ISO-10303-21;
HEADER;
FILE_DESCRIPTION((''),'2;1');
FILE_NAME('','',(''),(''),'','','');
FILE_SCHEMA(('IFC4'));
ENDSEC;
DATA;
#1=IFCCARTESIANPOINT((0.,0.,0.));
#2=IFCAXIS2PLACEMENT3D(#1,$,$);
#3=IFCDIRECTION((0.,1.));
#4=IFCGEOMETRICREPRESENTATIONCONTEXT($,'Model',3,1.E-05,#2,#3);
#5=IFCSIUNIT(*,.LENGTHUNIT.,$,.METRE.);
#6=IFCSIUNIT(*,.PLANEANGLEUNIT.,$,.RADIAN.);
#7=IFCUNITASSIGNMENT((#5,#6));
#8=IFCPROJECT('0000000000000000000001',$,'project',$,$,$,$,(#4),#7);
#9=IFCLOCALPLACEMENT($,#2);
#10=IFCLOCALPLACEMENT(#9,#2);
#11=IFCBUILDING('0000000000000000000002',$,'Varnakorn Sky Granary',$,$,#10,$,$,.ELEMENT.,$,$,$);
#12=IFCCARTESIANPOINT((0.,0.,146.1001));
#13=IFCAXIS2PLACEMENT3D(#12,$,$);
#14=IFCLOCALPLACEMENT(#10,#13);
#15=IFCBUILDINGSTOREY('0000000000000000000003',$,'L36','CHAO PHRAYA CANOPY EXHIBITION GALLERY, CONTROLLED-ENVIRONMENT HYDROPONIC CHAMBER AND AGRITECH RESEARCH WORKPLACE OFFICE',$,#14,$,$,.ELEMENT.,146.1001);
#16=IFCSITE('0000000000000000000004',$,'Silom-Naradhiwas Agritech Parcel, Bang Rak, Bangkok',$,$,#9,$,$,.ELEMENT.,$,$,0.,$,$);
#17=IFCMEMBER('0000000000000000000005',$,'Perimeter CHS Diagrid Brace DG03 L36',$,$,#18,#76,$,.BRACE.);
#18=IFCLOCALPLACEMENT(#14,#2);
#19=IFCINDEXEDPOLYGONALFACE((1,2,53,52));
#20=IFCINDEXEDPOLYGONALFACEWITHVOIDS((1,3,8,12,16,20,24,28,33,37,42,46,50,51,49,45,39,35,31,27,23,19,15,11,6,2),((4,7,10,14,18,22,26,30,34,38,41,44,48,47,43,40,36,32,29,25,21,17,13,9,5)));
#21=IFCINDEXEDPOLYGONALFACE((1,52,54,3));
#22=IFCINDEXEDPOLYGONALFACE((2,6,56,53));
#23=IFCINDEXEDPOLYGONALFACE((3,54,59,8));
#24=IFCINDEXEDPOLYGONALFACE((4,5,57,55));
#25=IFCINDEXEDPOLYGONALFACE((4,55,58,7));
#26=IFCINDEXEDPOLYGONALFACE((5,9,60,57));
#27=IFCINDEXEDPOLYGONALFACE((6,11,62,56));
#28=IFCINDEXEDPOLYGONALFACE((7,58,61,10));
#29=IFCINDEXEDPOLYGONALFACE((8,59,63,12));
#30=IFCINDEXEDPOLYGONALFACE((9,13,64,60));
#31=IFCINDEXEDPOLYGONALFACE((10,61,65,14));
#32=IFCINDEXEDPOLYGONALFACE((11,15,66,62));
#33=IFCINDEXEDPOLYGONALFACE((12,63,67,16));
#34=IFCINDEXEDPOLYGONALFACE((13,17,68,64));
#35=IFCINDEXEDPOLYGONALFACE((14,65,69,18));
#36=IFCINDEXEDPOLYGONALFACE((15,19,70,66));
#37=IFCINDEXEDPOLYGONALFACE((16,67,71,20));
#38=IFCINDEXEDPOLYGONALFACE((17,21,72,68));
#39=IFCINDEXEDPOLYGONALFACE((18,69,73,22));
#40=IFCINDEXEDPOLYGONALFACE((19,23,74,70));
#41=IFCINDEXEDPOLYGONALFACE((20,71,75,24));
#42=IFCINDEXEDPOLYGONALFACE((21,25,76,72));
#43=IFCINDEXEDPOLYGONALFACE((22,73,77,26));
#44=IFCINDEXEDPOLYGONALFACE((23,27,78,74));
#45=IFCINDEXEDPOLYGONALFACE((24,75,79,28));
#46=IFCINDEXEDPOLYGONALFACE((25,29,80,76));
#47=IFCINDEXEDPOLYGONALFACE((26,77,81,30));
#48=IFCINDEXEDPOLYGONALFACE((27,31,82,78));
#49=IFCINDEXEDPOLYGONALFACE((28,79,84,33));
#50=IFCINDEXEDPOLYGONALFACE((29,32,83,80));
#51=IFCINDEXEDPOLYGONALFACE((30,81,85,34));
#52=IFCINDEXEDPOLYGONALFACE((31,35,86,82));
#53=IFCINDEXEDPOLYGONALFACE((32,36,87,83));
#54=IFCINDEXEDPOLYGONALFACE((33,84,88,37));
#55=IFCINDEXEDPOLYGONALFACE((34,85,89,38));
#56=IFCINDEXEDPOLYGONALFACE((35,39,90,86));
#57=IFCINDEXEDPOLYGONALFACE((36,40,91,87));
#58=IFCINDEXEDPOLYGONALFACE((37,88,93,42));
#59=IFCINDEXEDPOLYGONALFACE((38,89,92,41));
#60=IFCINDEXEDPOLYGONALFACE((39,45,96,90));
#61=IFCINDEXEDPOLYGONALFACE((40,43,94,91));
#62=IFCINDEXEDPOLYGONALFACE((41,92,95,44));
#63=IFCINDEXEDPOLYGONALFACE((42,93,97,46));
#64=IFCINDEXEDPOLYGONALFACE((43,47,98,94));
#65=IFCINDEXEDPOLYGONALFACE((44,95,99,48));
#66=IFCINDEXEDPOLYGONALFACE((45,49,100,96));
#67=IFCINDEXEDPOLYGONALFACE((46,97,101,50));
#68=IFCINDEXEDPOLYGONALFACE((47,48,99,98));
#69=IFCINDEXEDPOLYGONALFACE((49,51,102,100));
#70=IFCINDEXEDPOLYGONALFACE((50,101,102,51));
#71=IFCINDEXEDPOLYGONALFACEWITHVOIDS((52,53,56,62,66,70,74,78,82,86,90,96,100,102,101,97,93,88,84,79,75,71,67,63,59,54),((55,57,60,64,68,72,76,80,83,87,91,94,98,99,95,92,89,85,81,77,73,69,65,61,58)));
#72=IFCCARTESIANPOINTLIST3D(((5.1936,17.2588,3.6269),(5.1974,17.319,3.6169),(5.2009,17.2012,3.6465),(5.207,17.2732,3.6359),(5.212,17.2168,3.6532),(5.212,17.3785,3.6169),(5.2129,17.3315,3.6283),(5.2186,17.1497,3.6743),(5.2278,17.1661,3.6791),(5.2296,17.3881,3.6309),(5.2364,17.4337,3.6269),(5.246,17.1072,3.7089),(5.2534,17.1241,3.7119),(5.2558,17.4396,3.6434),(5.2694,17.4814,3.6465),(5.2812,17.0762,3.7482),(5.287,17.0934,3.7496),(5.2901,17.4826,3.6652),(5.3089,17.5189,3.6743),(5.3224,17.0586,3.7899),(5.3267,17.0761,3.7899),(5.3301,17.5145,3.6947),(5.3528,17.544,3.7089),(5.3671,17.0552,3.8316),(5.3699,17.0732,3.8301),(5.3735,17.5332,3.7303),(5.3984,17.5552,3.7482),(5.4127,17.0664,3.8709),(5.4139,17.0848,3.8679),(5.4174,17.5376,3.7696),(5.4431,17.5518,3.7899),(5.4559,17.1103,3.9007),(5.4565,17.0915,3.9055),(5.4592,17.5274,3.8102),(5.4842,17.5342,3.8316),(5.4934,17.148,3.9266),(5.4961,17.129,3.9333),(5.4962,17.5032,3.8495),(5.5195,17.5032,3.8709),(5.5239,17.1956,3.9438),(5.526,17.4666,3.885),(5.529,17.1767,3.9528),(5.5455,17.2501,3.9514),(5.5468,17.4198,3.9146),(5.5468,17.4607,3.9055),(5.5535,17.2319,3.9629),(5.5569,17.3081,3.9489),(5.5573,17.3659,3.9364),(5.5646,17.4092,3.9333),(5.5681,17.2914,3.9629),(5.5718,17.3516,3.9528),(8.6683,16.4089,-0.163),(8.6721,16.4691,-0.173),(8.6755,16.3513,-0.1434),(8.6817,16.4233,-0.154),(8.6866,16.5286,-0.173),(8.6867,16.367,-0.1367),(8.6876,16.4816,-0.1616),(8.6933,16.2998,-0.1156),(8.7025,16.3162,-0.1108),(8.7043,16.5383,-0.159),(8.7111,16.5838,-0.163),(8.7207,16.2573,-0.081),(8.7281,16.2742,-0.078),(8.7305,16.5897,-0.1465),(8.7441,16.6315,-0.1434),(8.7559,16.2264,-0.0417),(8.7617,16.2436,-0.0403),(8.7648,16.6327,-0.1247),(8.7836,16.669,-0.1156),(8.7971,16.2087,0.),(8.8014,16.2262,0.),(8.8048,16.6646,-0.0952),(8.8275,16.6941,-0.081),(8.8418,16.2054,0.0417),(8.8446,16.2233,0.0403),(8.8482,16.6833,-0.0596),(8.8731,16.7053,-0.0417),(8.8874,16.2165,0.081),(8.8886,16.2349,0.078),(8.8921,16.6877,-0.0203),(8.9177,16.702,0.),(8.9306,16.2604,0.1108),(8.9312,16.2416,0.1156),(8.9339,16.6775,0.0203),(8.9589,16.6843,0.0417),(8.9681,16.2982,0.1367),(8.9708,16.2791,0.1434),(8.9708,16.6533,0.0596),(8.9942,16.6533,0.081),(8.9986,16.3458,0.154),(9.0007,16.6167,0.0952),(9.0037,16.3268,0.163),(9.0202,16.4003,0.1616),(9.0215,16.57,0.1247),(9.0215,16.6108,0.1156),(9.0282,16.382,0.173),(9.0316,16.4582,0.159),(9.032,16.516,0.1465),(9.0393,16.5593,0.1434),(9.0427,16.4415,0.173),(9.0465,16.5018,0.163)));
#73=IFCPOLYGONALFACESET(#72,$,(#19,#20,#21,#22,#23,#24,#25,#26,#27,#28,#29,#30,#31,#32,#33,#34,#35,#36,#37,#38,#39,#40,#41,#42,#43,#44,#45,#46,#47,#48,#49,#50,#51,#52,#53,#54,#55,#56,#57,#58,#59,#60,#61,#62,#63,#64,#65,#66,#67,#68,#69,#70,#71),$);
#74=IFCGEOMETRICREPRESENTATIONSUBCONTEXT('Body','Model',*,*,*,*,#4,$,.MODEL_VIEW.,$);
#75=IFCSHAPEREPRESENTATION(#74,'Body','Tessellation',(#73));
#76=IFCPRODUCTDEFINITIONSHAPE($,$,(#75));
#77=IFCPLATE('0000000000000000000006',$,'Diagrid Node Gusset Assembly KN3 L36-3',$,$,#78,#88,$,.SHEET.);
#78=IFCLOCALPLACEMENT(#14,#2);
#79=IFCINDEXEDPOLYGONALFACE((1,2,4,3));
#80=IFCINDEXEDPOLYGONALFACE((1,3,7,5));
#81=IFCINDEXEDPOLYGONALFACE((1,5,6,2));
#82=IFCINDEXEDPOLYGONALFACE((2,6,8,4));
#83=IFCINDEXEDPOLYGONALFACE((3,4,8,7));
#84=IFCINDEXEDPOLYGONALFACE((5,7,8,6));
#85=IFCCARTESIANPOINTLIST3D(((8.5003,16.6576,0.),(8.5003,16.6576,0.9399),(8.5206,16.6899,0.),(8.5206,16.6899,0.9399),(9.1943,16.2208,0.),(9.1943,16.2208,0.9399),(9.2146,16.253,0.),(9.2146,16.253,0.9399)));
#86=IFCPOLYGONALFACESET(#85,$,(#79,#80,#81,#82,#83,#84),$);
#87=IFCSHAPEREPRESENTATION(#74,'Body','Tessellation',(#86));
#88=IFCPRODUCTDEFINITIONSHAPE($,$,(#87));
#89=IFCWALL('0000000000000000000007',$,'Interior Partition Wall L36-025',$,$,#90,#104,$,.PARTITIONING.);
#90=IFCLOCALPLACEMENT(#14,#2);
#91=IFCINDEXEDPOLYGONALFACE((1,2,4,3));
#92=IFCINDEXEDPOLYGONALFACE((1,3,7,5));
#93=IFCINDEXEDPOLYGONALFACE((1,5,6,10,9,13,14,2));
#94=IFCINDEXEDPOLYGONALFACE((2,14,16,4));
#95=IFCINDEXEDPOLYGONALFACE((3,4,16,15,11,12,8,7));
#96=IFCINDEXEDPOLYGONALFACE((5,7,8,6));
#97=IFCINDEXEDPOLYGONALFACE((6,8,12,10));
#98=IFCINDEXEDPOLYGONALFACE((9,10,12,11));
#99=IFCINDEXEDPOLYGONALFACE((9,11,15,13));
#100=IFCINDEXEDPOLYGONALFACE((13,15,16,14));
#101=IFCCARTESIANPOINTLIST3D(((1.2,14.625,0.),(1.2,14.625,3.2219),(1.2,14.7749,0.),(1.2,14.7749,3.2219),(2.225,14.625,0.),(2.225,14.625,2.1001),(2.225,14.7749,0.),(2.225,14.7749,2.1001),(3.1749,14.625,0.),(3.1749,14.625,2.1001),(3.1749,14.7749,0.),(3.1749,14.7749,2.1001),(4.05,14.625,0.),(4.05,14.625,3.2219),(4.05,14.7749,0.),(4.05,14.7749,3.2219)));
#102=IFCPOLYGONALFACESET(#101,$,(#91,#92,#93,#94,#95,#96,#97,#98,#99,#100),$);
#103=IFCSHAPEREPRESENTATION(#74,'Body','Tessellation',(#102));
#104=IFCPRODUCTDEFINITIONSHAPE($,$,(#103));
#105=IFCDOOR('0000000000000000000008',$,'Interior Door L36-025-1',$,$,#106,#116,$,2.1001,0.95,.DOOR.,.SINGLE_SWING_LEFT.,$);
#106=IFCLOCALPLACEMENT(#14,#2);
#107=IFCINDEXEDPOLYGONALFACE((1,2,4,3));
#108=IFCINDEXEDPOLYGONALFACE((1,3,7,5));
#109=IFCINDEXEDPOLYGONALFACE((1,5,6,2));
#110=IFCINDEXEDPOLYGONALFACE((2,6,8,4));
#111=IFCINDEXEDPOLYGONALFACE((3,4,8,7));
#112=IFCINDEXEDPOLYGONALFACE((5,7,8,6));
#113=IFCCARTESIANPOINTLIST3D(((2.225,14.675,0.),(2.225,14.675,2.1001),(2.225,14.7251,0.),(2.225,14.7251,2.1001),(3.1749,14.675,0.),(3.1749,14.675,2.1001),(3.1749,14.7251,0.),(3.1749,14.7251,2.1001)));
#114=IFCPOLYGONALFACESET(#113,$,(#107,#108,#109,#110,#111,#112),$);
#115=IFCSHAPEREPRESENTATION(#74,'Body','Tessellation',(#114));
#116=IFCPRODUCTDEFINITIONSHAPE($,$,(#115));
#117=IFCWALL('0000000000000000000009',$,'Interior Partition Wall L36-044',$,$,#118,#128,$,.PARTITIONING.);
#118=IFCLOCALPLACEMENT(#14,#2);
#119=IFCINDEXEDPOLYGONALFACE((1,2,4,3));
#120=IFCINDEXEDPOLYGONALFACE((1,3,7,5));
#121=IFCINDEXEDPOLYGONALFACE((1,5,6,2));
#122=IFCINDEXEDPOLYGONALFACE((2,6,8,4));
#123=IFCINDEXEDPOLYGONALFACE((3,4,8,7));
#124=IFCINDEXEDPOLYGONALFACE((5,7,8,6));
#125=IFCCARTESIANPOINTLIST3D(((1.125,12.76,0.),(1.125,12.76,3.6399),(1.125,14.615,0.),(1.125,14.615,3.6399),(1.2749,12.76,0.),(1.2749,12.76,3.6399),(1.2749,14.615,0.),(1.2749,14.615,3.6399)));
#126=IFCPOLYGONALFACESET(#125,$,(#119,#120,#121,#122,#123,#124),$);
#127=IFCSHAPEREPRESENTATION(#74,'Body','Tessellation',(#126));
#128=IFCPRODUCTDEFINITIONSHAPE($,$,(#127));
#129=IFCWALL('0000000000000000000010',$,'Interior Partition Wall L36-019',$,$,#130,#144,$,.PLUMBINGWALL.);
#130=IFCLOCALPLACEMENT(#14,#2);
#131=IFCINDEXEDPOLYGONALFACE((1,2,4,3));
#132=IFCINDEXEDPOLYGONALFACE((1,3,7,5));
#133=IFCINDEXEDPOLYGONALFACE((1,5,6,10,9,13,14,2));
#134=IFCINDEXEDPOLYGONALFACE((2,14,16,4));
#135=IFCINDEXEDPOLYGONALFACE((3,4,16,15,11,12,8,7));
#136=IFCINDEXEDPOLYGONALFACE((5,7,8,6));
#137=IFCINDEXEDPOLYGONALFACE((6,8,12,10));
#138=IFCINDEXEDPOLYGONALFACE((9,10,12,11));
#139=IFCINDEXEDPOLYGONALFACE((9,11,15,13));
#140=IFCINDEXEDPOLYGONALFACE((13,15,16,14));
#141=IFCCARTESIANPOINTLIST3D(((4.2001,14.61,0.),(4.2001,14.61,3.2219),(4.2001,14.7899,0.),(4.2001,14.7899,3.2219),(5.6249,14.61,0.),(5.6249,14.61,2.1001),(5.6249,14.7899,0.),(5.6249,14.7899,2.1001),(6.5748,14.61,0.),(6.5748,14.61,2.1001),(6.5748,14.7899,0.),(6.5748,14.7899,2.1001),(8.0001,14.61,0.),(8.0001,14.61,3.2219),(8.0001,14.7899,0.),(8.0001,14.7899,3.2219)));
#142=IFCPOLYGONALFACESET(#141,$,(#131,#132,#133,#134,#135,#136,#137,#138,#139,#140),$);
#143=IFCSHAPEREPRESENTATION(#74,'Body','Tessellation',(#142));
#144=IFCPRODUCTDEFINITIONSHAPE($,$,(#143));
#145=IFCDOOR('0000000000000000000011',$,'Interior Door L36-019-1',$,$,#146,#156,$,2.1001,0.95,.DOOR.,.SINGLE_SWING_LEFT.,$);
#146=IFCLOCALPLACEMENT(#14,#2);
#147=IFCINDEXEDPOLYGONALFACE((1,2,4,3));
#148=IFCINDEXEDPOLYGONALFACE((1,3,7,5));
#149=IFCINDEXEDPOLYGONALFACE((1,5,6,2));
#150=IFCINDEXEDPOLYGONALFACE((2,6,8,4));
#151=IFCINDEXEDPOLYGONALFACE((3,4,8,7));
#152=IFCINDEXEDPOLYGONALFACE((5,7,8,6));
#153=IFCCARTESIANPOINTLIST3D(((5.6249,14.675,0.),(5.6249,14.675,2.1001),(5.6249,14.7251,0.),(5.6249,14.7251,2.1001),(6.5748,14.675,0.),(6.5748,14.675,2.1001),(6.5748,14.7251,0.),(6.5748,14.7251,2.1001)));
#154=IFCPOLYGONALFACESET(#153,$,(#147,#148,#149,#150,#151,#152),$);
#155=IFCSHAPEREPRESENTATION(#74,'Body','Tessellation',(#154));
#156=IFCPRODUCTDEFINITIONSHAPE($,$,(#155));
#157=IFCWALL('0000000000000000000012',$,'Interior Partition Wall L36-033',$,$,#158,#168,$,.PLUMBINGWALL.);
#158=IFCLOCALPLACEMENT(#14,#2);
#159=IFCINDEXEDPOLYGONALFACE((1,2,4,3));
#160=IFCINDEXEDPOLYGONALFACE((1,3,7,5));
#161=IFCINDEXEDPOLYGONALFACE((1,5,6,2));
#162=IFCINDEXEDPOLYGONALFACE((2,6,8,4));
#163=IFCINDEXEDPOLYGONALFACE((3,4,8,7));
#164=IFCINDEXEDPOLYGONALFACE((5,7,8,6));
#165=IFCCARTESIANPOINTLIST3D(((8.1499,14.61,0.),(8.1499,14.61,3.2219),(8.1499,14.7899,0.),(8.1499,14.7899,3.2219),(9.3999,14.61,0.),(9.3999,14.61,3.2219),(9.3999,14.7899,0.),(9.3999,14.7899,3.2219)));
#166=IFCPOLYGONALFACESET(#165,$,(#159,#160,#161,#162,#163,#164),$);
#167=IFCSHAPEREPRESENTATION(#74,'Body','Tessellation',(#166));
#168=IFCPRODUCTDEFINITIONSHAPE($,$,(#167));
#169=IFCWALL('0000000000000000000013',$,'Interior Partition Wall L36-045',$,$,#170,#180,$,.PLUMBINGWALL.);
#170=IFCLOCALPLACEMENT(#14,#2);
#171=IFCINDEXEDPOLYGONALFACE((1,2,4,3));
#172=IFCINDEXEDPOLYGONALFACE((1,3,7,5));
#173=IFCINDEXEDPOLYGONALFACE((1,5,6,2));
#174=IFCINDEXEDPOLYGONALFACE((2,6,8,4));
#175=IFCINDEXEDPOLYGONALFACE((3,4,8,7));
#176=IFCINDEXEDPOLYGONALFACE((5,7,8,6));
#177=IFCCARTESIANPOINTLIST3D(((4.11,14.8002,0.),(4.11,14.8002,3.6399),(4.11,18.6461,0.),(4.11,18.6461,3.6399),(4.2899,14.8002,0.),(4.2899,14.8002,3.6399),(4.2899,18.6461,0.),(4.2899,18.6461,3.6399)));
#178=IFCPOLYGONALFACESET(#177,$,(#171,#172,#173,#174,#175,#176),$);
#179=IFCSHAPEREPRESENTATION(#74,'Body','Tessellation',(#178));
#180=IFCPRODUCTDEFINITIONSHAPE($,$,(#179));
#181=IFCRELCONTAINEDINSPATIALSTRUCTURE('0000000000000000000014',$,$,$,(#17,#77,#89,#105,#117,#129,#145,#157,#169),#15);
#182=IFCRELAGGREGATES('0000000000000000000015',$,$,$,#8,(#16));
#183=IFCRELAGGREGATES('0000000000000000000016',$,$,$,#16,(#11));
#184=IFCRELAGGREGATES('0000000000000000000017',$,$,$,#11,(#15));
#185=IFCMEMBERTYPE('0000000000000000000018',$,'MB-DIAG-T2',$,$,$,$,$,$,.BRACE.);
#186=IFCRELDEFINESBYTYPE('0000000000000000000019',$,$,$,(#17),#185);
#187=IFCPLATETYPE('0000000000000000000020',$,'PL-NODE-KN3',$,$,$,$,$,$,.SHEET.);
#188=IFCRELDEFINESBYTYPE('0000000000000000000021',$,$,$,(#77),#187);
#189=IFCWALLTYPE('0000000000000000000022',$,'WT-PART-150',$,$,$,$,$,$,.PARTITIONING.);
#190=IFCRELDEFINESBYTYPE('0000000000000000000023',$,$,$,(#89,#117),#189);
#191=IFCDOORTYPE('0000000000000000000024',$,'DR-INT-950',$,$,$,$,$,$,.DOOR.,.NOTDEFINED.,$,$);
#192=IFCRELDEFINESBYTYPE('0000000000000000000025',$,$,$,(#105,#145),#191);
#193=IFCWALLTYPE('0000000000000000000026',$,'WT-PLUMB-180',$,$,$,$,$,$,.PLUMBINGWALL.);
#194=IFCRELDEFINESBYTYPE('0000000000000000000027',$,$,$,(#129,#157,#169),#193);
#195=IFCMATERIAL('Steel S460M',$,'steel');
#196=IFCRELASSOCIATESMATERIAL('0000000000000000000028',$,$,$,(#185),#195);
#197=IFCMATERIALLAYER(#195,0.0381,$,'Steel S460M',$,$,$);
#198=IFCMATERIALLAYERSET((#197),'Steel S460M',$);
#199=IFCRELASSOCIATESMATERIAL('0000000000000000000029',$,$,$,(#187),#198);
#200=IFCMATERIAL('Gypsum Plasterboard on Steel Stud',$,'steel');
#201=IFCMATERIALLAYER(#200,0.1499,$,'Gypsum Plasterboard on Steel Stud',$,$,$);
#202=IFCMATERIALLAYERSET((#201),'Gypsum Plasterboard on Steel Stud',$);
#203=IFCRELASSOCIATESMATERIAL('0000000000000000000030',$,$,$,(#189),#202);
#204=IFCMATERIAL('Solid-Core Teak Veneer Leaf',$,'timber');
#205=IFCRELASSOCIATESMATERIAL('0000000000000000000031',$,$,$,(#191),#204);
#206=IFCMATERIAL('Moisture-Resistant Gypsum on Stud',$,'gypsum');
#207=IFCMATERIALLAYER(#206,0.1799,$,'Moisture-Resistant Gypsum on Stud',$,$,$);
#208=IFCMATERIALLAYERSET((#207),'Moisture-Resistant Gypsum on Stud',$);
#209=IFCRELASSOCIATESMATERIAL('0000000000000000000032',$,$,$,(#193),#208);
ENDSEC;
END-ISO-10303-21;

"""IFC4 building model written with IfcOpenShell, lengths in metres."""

from ifc_helpers import new_model, si_unit, direction, frame, frame_2d, origin, origin_2d, place, context, subcontext, project, spatial, rectangle, hollow_circle, extrude, material, layer, layer_set, material_profile, profile_set, type_object, element, fill, save


model = new_model("IFC4")

# Units and contexts
model_context = context("Model", 3, precision=1e-05, world=origin(), true_north=direction((0.0, 1.0)))
body_context = subcontext(model_context, "Body", "Model", "MODEL_VIEW")
ifc_project = project(units=[si_unit("LENGTHUNIT", "METRE"), si_unit("PLANEANGLEUNIT", "RADIAN")], contexts=[model_context])

# Site, building, storey
site_placement = place(None, origin())
site = spatial("IfcSite", under=ifc_project, at=site_placement, Name="Silom-Naradhiwas Agritech Parcel, Bang Rak, Bangkok", CompositionType="ELEMENT", RefElevation=0.0)
building_placement = place(site_placement, origin())
building = spatial("IfcBuilding", under=site, at=building_placement, Name="Varnakorn Sky Granary", CompositionType="ELEMENT")
storey_placement = place(building_placement, frame((0.0, 0.0, 146.1001)))
storey = spatial("IfcBuildingStorey", under=building, at=storey_placement, Name="L36", Description="CHAO PHRAYA CANOPY EXHIBITION GALLERY, CONTROLLED-ENVIRONMENT HYDROPONIC CHAMBER AND AGRITECH RESEARCH WORKPLACE OFFICE", CompositionType="ELEMENT", Elevation=146.1001)

# Shared definitions
ifc_material_1 = material(Name="Steel S460M", Category="steel")

# Member
ifc_material_profile_1 = material_profile(ifc_material_1, hollow_circle(Radius=0.2539, WallThickness=0.0181, at=origin_2d()), Name="CHS 508x18")
ifc_profile_set_1 = profile_set([ifc_material_profile_1], Name="Steel S460M")
member_type_1 = type_object("IfcMemberType", Name="MB-DIAG-T2", PredefinedType="BRACE", material=ifc_profile_set_1)
member_1_placement = place(storey_placement, frame((8.8574, 16.4553, 0.0), z_axis=(-0.666744, 0.163079, 0.727226), x_axis=(-0.237586, -0.971366, 0.0)))
element("IfcMember", 1, at=member_1_placement, inside=storey, type_object=member_type_1, Name="Perimeter CHS Diagrid Brace DG03 L36", PredefinedType="BRACE", context=body_context, shape_type="SweptSolid", body=[
    extrude(hollow_circle(Radius=0.2539, WallThickness=0.0181, at=origin_2d()), origin(), (0.0, 0.0, 1.0), 5.2114),
])

# Plate
ifc_layer_1 = layer(ifc_material_1, 0.0381, Name="Steel S460M")
ifc_layer_set_1 = layer_set([ifc_layer_1], Name="Steel S460M")
plate_type = type_object("IfcPlateType", Name="PL-NODE-KN3", PredefinedType="SHEET", material=ifc_layer_set_1)
plate_placement = place(storey_placement, frame((8.8574, 16.4553, 0.0), z_axis=(0.0, 0.0, 1.0), x_axis=(-0.846308, 0.532694, 0.0)))
element("IfcPlate", 2, at=plate_placement, inside=storey, type_object=plate_type, Name="Diagrid Node Gusset Assembly KN3 L36-3", PredefinedType="SHEET", context=body_context, shape_type="SweptSolid", body=[
    extrude(rectangle(XDim=0.8201, YDim=0.0381, at=origin_2d()), origin(), (0.0, 0.0, 1.0), 0.9399),
])

# Wall, opening, door
ifc_material_2 = material(Name="Gypsum Plasterboard on Steel Stud", Category="steel")
ifc_layer_2 = layer(ifc_material_2, 0.1499, Name="Gypsum Plasterboard on Steel Stud")
ifc_layer_set_2 = layer_set([ifc_layer_2], Name="Gypsum Plasterboard on Steel Stud")
wall_type_1 = type_object("IfcWallType", Name="WT-PART-150", PredefinedType="PARTITIONING", material=ifc_layer_set_2)
wall_1_placement = place(storey_placement, frame((4.05, 14.7, 0.0), z_axis=(0.0, 0.0, 1.0), x_axis=(-1.0, 0.0, 0.0)))
wall_1 = element("IfcWall", 3, at=wall_1_placement, inside=storey, type_object=wall_type_1, Name="Interior Partition Wall L36-025", PredefinedType="PARTITIONING", context=body_context, shape_type="SweptSolid", body=[
    extrude(rectangle(XDim=2.8501, YDim=0.1499, at=frame_2d((1.425, 0.0))), origin(), (0.0, 0.0, 1.0), 3.2219),
])
opening_1_placement = place(wall_1_placement, frame((0.875, 0.0, 0.0)))
opening_1 = element("IfcOpeningElement", 4, at=opening_1_placement, cuts=wall_1, PredefinedType="OPENING", context=body_context, shape_type="SweptSolid", body=[
    extrude(rectangle(XDim=0.95, YDim=2.1001, at=frame_2d((0.4751, 1.05))), frame((0.0, 0.085, 0.0), z_axis=(0.0, -1.0, 0.0), x_axis=(1.0, 0.0, 0.0)), (0.0, 0.0, 1.0), 0.1699),
])
ifc_material_3 = material(Name="Solid-Core Teak Veneer Leaf", Category="timber")
door_type = type_object("IfcDoorType", Name="DR-INT-950", OperationType="NOTDEFINED", PredefinedType="DOOR", material=ifc_material_3)
door_1_placement = place(opening_1_placement, origin())
door_1 = element("IfcDoor", 5, at=door_1_placement, inside=storey, type_object=door_type, Name="Interior Door L36-025-1", OperationType="SINGLE_SWING_LEFT", OverallHeight=2.1001, OverallWidth=0.95, PredefinedType="DOOR", context=body_context, shape_type="SweptSolid", body=[
    extrude(rectangle(XDim=0.95, YDim=2.1001, at=frame_2d((0.4751, 1.05))), frame((0.0, 0.0249, 0.0), z_axis=(0.0, -1.0, 0.0), x_axis=(1.0, 0.0, 0.0)), (0.0, 0.0, 1.0), 0.05),
])
fill(opening_1, door_1)

# Wall
wall_2_placement = place(storey_placement, frame((1.2, 14.615, 0.0), z_axis=(0.0, 0.0, 1.0), x_axis=(0.0, -1.0, 0.0)))
element("IfcWall", 6, at=wall_2_placement, inside=storey, type_object=wall_type_1, Name="Interior Partition Wall L36-044", PredefinedType="PARTITIONING", context=body_context, shape_type="SweptSolid", body=[
    extrude(rectangle(XDim=1.855, YDim=0.1499, at=frame_2d((0.9275, 0.0))), origin(), (0.0, 0.0, 1.0), 3.6399),
])

# Wall, opening, door
ifc_material_4 = material(Name="Moisture-Resistant Gypsum on Stud", Category="gypsum")
ifc_layer_3 = layer(ifc_material_4, 0.1799, Name="Moisture-Resistant Gypsum on Stud")
ifc_layer_set_3 = layer_set([ifc_layer_3], Name="Moisture-Resistant Gypsum on Stud")
wall_type_2 = type_object("IfcWallType", Name="WT-PLUMB-180", PredefinedType="PLUMBINGWALL", material=ifc_layer_set_3)
wall_3_placement = place(storey_placement, frame((8.0, 14.7, 0.0), z_axis=(0.0, 0.0, 1.0), x_axis=(-1.0, 0.0, 0.0)))
wall_3 = element("IfcWall", 7, at=wall_3_placement, inside=storey, type_object=wall_type_2, Name="Interior Partition Wall L36-019", PredefinedType="PLUMBINGWALL", context=body_context, shape_type="SweptSolid", body=[
    extrude(rectangle(XDim=3.8, YDim=0.1799, at=frame_2d((1.8999, 0.0))), origin(), (0.0, 0.0, 1.0), 3.2219),
])
opening_2_placement = place(wall_3_placement, frame((1.425, 0.0, 0.0)))
opening_2 = element("IfcOpeningElement", 8, at=opening_2_placement, cuts=wall_3, PredefinedType="OPENING", context=body_context, shape_type="SweptSolid", body=[
    extrude(rectangle(XDim=0.95, YDim=2.1001, at=frame_2d((0.4751, 1.05))), frame((0.0, 0.1001, 0.0), z_axis=(0.0, -1.0, 0.0), x_axis=(1.0, 0.0, 0.0)), (0.0, 0.0, 1.0), 0.2),
])
door_2_placement = place(opening_2_placement, origin())
door_2 = element("IfcDoor", 9, at=door_2_placement, inside=storey, type_object=door_type, Name="Interior Door L36-019-1", OperationType="SINGLE_SWING_LEFT", OverallHeight=2.1001, OverallWidth=0.95, PredefinedType="DOOR", context=body_context, shape_type="SweptSolid", body=[
    extrude(rectangle(XDim=0.95, YDim=2.1001, at=frame_2d((0.4751, 1.05))), frame((0.0, 0.0249, 0.0), z_axis=(0.0, -1.0, 0.0), x_axis=(1.0, 0.0, 0.0)), (0.0, 0.0, 1.0), 0.05),
])
fill(opening_2, door_2)

# Walls
wall_4_placement = place(storey_placement, frame((9.3999, 14.7, 0.0), z_axis=(0.0, 0.0, 1.0), x_axis=(-1.0, 0.0, 0.0)))
element("IfcWall", 10, at=wall_4_placement, inside=storey, type_object=wall_type_2, Name="Interior Partition Wall L36-033", PredefinedType="PLUMBINGWALL", context=body_context, shape_type="SweptSolid", body=[
    extrude(rectangle(XDim=1.25, YDim=0.1799, at=frame_2d((0.625, 0.0))), origin(), (0.0, 0.0, 1.0), 3.2219),
])
wall_5_placement = place(storey_placement, frame((4.2, 18.646, 0.0), z_axis=(0.0, 0.0, 1.0), x_axis=(0.0, -1.0, 0.0)))
element("IfcWall", 11, at=wall_5_placement, inside=storey, type_object=wall_type_2, Name="Interior Partition Wall L36-045", PredefinedType="PLUMBINGWALL", context=body_context, shape_type="SweptSolid", body=[
    extrude(rectangle(XDim=3.8459, YDim=0.1799, at=frame_2d((1.9229, 0.0))), origin(), (0.0, 0.0, 1.0), 3.6399),
])

save(model, "model.ifc")
